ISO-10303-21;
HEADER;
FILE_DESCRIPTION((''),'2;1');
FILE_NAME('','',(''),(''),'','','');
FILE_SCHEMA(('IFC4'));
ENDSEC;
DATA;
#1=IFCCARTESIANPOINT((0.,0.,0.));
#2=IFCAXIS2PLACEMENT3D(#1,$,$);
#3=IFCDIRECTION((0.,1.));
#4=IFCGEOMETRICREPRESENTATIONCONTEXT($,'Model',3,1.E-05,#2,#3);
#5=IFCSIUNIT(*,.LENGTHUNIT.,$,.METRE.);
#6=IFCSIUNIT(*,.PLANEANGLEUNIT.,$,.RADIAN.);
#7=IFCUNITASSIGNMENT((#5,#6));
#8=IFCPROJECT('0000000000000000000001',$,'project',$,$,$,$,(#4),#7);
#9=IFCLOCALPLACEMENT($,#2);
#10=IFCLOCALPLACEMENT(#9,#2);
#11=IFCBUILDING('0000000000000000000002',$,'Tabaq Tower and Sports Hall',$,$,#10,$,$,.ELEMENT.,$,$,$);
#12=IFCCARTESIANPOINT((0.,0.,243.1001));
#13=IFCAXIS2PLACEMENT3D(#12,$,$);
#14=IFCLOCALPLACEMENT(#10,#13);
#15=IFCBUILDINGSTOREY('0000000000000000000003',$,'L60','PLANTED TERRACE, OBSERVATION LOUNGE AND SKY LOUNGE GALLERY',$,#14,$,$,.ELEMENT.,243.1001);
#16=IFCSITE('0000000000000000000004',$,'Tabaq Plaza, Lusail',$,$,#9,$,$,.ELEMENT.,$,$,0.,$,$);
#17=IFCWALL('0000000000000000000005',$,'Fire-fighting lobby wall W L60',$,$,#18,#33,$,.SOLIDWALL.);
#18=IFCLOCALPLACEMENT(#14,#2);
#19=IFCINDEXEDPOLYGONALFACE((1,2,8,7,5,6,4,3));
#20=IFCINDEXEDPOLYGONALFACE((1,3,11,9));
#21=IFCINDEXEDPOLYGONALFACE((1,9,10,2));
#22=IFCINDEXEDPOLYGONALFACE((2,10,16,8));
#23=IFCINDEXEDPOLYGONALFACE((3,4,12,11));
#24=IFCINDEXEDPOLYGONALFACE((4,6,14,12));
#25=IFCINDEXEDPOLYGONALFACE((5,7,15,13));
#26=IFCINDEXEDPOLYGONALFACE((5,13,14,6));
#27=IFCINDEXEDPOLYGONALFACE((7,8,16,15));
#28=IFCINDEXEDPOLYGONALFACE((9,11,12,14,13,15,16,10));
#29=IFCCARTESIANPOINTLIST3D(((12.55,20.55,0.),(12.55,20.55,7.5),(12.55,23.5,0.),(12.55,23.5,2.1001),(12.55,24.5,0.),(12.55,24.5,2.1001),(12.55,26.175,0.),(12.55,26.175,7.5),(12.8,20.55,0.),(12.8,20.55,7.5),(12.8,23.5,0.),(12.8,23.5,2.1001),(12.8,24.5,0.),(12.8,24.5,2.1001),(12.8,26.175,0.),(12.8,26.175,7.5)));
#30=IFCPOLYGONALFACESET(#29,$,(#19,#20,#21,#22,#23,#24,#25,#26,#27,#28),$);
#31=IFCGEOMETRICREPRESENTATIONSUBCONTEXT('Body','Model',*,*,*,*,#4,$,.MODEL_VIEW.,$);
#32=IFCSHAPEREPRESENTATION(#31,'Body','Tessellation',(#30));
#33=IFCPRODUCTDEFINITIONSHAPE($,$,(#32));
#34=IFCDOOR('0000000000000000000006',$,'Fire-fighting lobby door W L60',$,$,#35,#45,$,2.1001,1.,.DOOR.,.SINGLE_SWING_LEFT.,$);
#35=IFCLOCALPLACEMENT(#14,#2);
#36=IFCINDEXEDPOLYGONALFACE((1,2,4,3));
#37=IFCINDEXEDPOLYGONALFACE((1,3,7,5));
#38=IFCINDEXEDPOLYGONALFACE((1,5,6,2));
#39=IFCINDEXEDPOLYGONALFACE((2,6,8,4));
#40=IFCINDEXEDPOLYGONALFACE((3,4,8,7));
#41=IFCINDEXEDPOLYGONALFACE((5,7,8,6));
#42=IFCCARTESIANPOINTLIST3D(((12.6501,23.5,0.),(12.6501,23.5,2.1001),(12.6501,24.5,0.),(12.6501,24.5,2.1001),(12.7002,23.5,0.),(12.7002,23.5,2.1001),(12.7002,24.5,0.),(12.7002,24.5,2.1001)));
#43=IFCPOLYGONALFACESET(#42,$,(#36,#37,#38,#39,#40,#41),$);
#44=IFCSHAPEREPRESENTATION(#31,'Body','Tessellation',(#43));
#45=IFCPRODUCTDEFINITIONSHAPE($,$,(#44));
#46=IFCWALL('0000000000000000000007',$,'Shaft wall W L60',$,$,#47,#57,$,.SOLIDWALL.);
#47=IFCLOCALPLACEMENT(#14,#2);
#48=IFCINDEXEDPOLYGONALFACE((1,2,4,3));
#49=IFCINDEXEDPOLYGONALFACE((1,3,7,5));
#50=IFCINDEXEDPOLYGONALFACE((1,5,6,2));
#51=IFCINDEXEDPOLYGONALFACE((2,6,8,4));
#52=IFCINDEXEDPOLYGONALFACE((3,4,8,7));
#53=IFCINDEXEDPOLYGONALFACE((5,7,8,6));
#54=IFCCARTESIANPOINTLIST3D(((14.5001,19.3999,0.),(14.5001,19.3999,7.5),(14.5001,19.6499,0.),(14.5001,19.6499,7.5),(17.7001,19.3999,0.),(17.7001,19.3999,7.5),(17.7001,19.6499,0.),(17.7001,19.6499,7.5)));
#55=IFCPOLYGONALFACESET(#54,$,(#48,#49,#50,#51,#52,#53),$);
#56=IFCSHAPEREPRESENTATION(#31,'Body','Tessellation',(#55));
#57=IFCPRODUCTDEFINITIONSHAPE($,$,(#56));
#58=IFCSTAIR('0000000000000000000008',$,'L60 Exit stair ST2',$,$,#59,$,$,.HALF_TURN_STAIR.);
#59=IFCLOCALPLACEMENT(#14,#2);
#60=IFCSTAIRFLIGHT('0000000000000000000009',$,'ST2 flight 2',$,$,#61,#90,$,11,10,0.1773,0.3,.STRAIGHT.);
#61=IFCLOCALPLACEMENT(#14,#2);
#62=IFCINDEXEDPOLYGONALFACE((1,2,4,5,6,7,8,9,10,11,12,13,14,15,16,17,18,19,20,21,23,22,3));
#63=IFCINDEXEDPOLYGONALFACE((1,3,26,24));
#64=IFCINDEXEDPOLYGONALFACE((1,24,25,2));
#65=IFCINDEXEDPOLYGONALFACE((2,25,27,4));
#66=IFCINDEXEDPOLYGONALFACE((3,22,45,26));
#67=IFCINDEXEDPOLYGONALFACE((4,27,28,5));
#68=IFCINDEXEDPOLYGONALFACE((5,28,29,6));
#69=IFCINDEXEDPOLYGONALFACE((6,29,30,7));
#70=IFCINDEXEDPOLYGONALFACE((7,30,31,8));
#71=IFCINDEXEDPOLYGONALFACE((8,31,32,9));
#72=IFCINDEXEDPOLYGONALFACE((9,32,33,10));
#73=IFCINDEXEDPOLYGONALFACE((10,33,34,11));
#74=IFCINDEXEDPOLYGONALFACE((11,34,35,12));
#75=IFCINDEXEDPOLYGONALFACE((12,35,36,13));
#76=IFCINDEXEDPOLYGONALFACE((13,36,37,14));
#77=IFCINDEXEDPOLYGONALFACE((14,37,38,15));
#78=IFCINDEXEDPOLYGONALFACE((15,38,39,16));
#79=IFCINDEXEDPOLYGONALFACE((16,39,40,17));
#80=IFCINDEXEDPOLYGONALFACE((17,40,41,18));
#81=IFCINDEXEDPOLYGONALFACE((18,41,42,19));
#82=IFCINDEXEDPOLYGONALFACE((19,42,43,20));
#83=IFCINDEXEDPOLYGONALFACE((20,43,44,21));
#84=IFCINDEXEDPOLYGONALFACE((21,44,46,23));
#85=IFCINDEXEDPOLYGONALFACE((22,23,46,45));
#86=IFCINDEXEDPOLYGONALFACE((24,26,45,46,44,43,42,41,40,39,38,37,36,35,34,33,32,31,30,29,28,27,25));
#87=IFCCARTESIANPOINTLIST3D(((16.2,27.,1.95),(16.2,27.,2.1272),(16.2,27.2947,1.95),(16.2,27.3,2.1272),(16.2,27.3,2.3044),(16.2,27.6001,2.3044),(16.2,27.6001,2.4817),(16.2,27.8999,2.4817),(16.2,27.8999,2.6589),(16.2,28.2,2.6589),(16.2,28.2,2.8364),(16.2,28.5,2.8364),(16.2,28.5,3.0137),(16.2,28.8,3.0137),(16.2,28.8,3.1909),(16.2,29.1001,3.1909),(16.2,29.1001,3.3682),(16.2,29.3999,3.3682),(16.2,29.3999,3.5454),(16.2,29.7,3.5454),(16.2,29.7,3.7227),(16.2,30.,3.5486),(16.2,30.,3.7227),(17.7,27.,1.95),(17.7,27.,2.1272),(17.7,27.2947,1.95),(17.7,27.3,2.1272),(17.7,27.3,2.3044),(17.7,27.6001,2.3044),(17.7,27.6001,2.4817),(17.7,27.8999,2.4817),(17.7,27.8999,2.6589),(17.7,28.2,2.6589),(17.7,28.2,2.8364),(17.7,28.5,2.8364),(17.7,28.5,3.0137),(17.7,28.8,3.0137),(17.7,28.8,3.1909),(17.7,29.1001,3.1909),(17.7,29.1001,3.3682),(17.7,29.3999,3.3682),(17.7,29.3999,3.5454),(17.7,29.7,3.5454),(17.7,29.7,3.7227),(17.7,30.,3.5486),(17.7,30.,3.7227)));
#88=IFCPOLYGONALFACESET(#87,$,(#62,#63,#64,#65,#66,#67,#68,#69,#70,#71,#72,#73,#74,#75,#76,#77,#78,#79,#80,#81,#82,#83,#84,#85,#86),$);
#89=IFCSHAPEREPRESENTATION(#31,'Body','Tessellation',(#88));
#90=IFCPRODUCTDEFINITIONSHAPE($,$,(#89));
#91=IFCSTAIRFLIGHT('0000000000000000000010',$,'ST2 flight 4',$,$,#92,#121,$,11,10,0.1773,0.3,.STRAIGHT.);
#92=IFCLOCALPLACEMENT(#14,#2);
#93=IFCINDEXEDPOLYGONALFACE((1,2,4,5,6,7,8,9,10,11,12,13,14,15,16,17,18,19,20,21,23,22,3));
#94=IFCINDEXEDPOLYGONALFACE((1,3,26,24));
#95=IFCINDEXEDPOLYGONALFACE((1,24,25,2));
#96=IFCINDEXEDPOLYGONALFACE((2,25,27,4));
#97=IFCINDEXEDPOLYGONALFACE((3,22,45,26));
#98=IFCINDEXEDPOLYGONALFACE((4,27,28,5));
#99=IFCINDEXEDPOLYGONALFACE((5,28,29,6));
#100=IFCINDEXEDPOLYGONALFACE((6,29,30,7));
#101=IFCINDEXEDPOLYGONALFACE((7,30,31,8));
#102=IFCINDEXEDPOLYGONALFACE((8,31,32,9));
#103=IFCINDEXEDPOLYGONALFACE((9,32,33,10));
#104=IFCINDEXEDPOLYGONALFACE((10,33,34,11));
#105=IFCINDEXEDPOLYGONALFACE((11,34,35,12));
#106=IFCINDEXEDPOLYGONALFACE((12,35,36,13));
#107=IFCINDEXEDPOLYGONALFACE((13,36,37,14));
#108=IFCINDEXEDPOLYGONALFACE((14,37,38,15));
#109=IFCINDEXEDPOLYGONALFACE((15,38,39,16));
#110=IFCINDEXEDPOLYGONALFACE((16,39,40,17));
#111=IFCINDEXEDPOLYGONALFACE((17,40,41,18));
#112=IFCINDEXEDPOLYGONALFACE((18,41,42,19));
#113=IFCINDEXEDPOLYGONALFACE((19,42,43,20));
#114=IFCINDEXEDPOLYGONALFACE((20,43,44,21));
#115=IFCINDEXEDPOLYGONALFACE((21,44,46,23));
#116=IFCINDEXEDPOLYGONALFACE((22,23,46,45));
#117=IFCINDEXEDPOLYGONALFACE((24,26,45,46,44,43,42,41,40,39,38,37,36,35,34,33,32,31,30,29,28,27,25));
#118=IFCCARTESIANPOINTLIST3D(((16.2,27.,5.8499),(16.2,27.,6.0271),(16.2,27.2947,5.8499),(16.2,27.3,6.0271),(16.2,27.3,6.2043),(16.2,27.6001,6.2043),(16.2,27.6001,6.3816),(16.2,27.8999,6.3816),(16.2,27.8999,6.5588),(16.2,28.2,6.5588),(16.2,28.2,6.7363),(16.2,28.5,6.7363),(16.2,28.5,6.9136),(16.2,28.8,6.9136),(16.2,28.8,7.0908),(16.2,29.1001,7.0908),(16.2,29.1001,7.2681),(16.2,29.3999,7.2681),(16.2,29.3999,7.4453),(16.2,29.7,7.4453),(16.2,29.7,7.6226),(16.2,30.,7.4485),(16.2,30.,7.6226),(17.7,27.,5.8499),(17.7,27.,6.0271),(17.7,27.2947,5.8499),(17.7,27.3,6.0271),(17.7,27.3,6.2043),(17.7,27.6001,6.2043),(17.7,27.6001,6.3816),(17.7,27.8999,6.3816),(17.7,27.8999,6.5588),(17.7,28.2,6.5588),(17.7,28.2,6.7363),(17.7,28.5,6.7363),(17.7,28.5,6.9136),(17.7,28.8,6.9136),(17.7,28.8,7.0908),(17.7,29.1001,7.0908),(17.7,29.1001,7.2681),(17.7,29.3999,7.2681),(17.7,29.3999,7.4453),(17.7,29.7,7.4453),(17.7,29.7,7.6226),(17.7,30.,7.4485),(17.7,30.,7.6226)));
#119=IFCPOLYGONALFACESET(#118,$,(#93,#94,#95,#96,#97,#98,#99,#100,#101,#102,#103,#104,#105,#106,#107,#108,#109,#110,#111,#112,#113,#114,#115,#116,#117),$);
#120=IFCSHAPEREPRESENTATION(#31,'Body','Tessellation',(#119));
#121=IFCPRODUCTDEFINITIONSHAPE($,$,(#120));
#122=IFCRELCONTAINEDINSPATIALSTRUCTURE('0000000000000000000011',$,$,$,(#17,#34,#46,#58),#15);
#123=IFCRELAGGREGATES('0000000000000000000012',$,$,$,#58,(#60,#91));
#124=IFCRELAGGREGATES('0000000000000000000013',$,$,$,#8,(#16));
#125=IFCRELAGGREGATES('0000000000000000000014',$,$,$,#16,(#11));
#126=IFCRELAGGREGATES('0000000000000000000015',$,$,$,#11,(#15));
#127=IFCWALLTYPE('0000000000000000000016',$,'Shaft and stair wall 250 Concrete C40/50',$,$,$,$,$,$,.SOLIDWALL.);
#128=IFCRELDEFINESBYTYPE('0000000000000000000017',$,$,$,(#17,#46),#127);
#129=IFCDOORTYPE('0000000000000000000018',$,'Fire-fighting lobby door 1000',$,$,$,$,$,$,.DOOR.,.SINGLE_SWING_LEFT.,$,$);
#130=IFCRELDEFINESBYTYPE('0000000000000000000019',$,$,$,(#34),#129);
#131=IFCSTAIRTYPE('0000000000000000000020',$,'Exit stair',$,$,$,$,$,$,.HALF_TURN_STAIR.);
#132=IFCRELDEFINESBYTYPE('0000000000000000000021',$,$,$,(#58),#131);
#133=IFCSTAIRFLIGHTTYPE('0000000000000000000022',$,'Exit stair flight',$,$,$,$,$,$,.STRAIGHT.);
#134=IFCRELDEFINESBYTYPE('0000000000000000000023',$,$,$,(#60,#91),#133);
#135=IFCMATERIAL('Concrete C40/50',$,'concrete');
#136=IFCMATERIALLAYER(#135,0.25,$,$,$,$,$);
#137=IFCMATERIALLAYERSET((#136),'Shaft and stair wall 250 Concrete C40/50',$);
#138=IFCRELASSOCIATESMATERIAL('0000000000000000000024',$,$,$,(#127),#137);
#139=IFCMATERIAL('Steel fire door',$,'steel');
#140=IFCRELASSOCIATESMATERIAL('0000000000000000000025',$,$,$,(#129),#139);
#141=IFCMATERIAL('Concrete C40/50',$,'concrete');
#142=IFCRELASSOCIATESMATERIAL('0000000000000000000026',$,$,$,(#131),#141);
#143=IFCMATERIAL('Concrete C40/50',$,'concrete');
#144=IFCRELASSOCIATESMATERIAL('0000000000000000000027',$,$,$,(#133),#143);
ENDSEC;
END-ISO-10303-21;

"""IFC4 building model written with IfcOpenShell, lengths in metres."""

from ifc_helpers import new_model, si_unit, direction, frame, frame_2d, origin, place, context, subcontext, project, spatial, polyline, rectangle, outline, extrude, material, layer, layer_set, type_object, element, fill, aggregate, save


model = new_model("IFC4")

# Units and contexts
model_context = context("Model", 3, precision=1e-05, world=origin(), true_north=direction((0.0, 1.0)))
body_context = subcontext(model_context, "Body", "Model", "MODEL_VIEW")
ifc_project = project(units=[si_unit("LENGTHUNIT", "METRE"), si_unit("PLANEANGLEUNIT", "RADIAN")], contexts=[model_context])

# Site, building, storey
site_placement = place(None, origin())
site = spatial("IfcSite", under=ifc_project, at=site_placement, Name="Tabaq Plaza, Lusail", CompositionType="ELEMENT", RefElevation=0.0)
building_placement = place(site_placement, origin())
building = spatial("IfcBuilding", under=site, at=building_placement, Name="Tabaq Tower and Sports Hall", CompositionType="ELEMENT")
storey_placement = place(building_placement, frame((0.0, 0.0, 243.1001)))
storey = spatial("IfcBuildingStorey", under=building, at=storey_placement, Name="L60", Description="PLANTED TERRACE, OBSERVATION LOUNGE AND SKY LOUNGE GALLERY", CompositionType="ELEMENT", Elevation=243.1001)

# Shared definitions
ifc_material_1 = material(Name="Concrete C40/50", Category="concrete")
ifc_layer_1 = layer(ifc_material_1, 0.25)
ifc_layer_set_1 = layer_set([ifc_layer_1], Name="Shaft and stair wall 250 Concrete C40/50")
wall_type_1 = type_object("IfcWallType", Name="Shaft and stair wall 250 Concrete C40/50", PredefinedType="SOLIDWALL", material=ifc_layer_set_1)

# Wall, opening, door
wall_1_placement = place(storey_placement, frame((12.675, 20.55, 0.0), z_axis=(0.0, 0.0, 1.0), x_axis=(0.0, 1.0, 0.0)))
wall_1 = element("IfcWall", 1, at=wall_1_placement, inside=storey, type_object=wall_type_1, Name="Fire-fighting lobby wall W L60", PredefinedType="SOLIDWALL", context=body_context, shape_type="SweptSolid", body=[
    extrude(rectangle(XDim=5.625, YDim=0.25, at=frame_2d((2.8125, 0.0))), origin(), (0.0, 0.0, 1.0), 7.5),
])
opening_1_placement = place(wall_1_placement, frame((2.95, 0.0, 0.0)))
opening_1 = element("IfcOpeningElement", 2, at=opening_1_placement, cuts=wall_1, PredefinedType="OPENING", context=body_context, shape_type="SweptSolid", body=[
    extrude(rectangle(XDim=1.0, YDim=2.1001, at=frame_2d((0.5, 1.05))), frame((0.0, 0.125, 0.0), z_axis=(0.0, -1.0, 0.0), x_axis=(1.0, 0.0, 0.0)), (0.0, 0.0, 1.0), 0.25),
])
ifc_material_2 = material(Name="Steel fire door", Category="steel")
door_type_1 = type_object("IfcDoorType", Name="Fire-fighting lobby door 1000", OperationType="SINGLE_SWING_LEFT", PredefinedType="DOOR", material=ifc_material_2)
door_1_placement = place(opening_1_placement, origin())
door_1 = element("IfcDoor", 3, at=door_1_placement, inside=storey, type_object=door_type_1, Name="Fire-fighting lobby door W L60", OperationType="SINGLE_SWING_LEFT", OverallHeight=2.1001, OverallWidth=1.0, PredefinedType="DOOR", context=body_context, shape_type="SweptSolid", body=[
    extrude(rectangle(XDim=1.0, YDim=2.1001, at=frame_2d((0.5, 1.05))), frame((0.0, 0.0249, 0.0), z_axis=(0.0, -1.0, 0.0), x_axis=(1.0, 0.0, 0.0)), (0.0, 0.0, 1.0), 0.05),
])
fill(opening_1, door_1)

# Wall
wall_2_placement = place(storey_placement, frame((14.5, 19.5249, 0.0), z_axis=(0.0, 0.0, 1.0), x_axis=(1.0, 0.0, 0.0)))
element("IfcWall", 4, at=wall_2_placement, inside=storey, type_object=wall_type_1, Name="Shaft wall W L60", PredefinedType="SOLIDWALL", context=body_context, shape_type="SweptSolid", body=[
    extrude(rectangle(XDim=3.2, YDim=0.25, at=frame_2d((1.6001, 0.0))), origin(), (0.0, 0.0, 1.0), 7.5),
])

# Stair, stair flights
ifc_material_3 = material(Name="Concrete C40/50", Category="concrete")
stair_type = type_object("IfcStairType", Name="Exit stair", PredefinedType="HALF_TURN_STAIR", material=ifc_material_3)
stair_placement = place(storey_placement, origin())
stair = element("IfcStair", 5, at=stair_placement, inside=storey, type_object=stair_type, Name="L60 Exit stair ST2", PredefinedType="HALF_TURN_STAIR")
ifc_material_4 = material(Name="Concrete C40/50", Category="concrete")
stair_flight_type = type_object("IfcStairFlightType", Name="Exit stair flight", PredefinedType="STRAIGHT", material=ifc_material_4)
stair_flight_1_placement = place(storey_placement, frame((16.95, 27.0, 1.95), z_axis=(0.0, 0.0, 1.0), x_axis=(0.0, 1.0, 0.0)))
stair_flight_1 = element("IfcStairFlight", 6, at=stair_flight_1_placement, type_object=stair_flight_type, Name="ST2 flight 2", NumberOfRisers=11, NumberOfTreads=10, PredefinedType="STRAIGHT", RiserHeight=0.1773, TreadLength=0.3, context=body_context, shape_type="SweptSolid", body=[
    extrude(outline(polyline([(0.0, 0.0), (0.0, 0.1772), (0.3, 0.1772), (0.3, 0.3545), (0.6001, 0.3545), (0.6001, 0.5317), (0.8999, 0.5317), (0.8999, 0.709), (1.2, 0.709), (1.2, 0.8865), (1.5, 0.8865), (1.5, 1.0637), (1.8, 1.0637), (1.8, 1.241), (2.1001, 1.241), (2.1001, 1.4182), (2.3999, 1.4182), (2.3999, 1.5955), (2.7, 1.5955), (2.7, 1.7727), (3.0, 1.7727), (3.0, 1.95), (3.0, 1.5986), (0.2947, 0.0), (0.0, 0.0)])), frame((0.0, 0.75, 0.0), z_axis=(0.0, -1.0, 0.0), x_axis=(1.0, 0.0, 0.0)), (0.0, 0.0, 1.0), 1.5),
])
stair_flight_2_placement = place(storey_placement, frame((16.95, 27.0, 5.8499), z_axis=(0.0, 0.0, 1.0), x_axis=(0.0, 1.0, 0.0)))
stair_flight_2 = element("IfcStairFlight", 7, at=stair_flight_2_placement, type_object=stair_flight_type, Name="ST2 flight 4", NumberOfRisers=11, NumberOfTreads=10, PredefinedType="STRAIGHT", RiserHeight=0.1773, TreadLength=0.3, context=body_context, shape_type="SweptSolid", body=[
    extrude(outline(polyline([(0.0, 0.0), (0.0, 0.1772), (0.3, 0.1772), (0.3, 0.3545), (0.6001, 0.3545), (0.6001, 0.5317), (0.8999, 0.5317), (0.8999, 0.709), (1.2, 0.709), (1.2, 0.8865), (1.5, 0.8865), (1.5, 1.0637), (1.8, 1.0637), (1.8, 1.241), (2.1001, 1.241), (2.1001, 1.4182), (2.3999, 1.4182), (2.3999, 1.5955), (2.7, 1.5955), (2.7, 1.7727), (3.0, 1.7727), (3.0, 1.95), (3.0, 1.5986), (0.2947, 0.0), (0.0, 0.0)])), frame((0.0, 0.75, 0.0), z_axis=(0.0, -1.0, 0.0), x_axis=(1.0, 0.0, 0.0)), (0.0, 0.0, 1.0), 1.5),
])
aggregate(stair, [stair_flight_1, stair_flight_2])

save(model, "model.ifc")
